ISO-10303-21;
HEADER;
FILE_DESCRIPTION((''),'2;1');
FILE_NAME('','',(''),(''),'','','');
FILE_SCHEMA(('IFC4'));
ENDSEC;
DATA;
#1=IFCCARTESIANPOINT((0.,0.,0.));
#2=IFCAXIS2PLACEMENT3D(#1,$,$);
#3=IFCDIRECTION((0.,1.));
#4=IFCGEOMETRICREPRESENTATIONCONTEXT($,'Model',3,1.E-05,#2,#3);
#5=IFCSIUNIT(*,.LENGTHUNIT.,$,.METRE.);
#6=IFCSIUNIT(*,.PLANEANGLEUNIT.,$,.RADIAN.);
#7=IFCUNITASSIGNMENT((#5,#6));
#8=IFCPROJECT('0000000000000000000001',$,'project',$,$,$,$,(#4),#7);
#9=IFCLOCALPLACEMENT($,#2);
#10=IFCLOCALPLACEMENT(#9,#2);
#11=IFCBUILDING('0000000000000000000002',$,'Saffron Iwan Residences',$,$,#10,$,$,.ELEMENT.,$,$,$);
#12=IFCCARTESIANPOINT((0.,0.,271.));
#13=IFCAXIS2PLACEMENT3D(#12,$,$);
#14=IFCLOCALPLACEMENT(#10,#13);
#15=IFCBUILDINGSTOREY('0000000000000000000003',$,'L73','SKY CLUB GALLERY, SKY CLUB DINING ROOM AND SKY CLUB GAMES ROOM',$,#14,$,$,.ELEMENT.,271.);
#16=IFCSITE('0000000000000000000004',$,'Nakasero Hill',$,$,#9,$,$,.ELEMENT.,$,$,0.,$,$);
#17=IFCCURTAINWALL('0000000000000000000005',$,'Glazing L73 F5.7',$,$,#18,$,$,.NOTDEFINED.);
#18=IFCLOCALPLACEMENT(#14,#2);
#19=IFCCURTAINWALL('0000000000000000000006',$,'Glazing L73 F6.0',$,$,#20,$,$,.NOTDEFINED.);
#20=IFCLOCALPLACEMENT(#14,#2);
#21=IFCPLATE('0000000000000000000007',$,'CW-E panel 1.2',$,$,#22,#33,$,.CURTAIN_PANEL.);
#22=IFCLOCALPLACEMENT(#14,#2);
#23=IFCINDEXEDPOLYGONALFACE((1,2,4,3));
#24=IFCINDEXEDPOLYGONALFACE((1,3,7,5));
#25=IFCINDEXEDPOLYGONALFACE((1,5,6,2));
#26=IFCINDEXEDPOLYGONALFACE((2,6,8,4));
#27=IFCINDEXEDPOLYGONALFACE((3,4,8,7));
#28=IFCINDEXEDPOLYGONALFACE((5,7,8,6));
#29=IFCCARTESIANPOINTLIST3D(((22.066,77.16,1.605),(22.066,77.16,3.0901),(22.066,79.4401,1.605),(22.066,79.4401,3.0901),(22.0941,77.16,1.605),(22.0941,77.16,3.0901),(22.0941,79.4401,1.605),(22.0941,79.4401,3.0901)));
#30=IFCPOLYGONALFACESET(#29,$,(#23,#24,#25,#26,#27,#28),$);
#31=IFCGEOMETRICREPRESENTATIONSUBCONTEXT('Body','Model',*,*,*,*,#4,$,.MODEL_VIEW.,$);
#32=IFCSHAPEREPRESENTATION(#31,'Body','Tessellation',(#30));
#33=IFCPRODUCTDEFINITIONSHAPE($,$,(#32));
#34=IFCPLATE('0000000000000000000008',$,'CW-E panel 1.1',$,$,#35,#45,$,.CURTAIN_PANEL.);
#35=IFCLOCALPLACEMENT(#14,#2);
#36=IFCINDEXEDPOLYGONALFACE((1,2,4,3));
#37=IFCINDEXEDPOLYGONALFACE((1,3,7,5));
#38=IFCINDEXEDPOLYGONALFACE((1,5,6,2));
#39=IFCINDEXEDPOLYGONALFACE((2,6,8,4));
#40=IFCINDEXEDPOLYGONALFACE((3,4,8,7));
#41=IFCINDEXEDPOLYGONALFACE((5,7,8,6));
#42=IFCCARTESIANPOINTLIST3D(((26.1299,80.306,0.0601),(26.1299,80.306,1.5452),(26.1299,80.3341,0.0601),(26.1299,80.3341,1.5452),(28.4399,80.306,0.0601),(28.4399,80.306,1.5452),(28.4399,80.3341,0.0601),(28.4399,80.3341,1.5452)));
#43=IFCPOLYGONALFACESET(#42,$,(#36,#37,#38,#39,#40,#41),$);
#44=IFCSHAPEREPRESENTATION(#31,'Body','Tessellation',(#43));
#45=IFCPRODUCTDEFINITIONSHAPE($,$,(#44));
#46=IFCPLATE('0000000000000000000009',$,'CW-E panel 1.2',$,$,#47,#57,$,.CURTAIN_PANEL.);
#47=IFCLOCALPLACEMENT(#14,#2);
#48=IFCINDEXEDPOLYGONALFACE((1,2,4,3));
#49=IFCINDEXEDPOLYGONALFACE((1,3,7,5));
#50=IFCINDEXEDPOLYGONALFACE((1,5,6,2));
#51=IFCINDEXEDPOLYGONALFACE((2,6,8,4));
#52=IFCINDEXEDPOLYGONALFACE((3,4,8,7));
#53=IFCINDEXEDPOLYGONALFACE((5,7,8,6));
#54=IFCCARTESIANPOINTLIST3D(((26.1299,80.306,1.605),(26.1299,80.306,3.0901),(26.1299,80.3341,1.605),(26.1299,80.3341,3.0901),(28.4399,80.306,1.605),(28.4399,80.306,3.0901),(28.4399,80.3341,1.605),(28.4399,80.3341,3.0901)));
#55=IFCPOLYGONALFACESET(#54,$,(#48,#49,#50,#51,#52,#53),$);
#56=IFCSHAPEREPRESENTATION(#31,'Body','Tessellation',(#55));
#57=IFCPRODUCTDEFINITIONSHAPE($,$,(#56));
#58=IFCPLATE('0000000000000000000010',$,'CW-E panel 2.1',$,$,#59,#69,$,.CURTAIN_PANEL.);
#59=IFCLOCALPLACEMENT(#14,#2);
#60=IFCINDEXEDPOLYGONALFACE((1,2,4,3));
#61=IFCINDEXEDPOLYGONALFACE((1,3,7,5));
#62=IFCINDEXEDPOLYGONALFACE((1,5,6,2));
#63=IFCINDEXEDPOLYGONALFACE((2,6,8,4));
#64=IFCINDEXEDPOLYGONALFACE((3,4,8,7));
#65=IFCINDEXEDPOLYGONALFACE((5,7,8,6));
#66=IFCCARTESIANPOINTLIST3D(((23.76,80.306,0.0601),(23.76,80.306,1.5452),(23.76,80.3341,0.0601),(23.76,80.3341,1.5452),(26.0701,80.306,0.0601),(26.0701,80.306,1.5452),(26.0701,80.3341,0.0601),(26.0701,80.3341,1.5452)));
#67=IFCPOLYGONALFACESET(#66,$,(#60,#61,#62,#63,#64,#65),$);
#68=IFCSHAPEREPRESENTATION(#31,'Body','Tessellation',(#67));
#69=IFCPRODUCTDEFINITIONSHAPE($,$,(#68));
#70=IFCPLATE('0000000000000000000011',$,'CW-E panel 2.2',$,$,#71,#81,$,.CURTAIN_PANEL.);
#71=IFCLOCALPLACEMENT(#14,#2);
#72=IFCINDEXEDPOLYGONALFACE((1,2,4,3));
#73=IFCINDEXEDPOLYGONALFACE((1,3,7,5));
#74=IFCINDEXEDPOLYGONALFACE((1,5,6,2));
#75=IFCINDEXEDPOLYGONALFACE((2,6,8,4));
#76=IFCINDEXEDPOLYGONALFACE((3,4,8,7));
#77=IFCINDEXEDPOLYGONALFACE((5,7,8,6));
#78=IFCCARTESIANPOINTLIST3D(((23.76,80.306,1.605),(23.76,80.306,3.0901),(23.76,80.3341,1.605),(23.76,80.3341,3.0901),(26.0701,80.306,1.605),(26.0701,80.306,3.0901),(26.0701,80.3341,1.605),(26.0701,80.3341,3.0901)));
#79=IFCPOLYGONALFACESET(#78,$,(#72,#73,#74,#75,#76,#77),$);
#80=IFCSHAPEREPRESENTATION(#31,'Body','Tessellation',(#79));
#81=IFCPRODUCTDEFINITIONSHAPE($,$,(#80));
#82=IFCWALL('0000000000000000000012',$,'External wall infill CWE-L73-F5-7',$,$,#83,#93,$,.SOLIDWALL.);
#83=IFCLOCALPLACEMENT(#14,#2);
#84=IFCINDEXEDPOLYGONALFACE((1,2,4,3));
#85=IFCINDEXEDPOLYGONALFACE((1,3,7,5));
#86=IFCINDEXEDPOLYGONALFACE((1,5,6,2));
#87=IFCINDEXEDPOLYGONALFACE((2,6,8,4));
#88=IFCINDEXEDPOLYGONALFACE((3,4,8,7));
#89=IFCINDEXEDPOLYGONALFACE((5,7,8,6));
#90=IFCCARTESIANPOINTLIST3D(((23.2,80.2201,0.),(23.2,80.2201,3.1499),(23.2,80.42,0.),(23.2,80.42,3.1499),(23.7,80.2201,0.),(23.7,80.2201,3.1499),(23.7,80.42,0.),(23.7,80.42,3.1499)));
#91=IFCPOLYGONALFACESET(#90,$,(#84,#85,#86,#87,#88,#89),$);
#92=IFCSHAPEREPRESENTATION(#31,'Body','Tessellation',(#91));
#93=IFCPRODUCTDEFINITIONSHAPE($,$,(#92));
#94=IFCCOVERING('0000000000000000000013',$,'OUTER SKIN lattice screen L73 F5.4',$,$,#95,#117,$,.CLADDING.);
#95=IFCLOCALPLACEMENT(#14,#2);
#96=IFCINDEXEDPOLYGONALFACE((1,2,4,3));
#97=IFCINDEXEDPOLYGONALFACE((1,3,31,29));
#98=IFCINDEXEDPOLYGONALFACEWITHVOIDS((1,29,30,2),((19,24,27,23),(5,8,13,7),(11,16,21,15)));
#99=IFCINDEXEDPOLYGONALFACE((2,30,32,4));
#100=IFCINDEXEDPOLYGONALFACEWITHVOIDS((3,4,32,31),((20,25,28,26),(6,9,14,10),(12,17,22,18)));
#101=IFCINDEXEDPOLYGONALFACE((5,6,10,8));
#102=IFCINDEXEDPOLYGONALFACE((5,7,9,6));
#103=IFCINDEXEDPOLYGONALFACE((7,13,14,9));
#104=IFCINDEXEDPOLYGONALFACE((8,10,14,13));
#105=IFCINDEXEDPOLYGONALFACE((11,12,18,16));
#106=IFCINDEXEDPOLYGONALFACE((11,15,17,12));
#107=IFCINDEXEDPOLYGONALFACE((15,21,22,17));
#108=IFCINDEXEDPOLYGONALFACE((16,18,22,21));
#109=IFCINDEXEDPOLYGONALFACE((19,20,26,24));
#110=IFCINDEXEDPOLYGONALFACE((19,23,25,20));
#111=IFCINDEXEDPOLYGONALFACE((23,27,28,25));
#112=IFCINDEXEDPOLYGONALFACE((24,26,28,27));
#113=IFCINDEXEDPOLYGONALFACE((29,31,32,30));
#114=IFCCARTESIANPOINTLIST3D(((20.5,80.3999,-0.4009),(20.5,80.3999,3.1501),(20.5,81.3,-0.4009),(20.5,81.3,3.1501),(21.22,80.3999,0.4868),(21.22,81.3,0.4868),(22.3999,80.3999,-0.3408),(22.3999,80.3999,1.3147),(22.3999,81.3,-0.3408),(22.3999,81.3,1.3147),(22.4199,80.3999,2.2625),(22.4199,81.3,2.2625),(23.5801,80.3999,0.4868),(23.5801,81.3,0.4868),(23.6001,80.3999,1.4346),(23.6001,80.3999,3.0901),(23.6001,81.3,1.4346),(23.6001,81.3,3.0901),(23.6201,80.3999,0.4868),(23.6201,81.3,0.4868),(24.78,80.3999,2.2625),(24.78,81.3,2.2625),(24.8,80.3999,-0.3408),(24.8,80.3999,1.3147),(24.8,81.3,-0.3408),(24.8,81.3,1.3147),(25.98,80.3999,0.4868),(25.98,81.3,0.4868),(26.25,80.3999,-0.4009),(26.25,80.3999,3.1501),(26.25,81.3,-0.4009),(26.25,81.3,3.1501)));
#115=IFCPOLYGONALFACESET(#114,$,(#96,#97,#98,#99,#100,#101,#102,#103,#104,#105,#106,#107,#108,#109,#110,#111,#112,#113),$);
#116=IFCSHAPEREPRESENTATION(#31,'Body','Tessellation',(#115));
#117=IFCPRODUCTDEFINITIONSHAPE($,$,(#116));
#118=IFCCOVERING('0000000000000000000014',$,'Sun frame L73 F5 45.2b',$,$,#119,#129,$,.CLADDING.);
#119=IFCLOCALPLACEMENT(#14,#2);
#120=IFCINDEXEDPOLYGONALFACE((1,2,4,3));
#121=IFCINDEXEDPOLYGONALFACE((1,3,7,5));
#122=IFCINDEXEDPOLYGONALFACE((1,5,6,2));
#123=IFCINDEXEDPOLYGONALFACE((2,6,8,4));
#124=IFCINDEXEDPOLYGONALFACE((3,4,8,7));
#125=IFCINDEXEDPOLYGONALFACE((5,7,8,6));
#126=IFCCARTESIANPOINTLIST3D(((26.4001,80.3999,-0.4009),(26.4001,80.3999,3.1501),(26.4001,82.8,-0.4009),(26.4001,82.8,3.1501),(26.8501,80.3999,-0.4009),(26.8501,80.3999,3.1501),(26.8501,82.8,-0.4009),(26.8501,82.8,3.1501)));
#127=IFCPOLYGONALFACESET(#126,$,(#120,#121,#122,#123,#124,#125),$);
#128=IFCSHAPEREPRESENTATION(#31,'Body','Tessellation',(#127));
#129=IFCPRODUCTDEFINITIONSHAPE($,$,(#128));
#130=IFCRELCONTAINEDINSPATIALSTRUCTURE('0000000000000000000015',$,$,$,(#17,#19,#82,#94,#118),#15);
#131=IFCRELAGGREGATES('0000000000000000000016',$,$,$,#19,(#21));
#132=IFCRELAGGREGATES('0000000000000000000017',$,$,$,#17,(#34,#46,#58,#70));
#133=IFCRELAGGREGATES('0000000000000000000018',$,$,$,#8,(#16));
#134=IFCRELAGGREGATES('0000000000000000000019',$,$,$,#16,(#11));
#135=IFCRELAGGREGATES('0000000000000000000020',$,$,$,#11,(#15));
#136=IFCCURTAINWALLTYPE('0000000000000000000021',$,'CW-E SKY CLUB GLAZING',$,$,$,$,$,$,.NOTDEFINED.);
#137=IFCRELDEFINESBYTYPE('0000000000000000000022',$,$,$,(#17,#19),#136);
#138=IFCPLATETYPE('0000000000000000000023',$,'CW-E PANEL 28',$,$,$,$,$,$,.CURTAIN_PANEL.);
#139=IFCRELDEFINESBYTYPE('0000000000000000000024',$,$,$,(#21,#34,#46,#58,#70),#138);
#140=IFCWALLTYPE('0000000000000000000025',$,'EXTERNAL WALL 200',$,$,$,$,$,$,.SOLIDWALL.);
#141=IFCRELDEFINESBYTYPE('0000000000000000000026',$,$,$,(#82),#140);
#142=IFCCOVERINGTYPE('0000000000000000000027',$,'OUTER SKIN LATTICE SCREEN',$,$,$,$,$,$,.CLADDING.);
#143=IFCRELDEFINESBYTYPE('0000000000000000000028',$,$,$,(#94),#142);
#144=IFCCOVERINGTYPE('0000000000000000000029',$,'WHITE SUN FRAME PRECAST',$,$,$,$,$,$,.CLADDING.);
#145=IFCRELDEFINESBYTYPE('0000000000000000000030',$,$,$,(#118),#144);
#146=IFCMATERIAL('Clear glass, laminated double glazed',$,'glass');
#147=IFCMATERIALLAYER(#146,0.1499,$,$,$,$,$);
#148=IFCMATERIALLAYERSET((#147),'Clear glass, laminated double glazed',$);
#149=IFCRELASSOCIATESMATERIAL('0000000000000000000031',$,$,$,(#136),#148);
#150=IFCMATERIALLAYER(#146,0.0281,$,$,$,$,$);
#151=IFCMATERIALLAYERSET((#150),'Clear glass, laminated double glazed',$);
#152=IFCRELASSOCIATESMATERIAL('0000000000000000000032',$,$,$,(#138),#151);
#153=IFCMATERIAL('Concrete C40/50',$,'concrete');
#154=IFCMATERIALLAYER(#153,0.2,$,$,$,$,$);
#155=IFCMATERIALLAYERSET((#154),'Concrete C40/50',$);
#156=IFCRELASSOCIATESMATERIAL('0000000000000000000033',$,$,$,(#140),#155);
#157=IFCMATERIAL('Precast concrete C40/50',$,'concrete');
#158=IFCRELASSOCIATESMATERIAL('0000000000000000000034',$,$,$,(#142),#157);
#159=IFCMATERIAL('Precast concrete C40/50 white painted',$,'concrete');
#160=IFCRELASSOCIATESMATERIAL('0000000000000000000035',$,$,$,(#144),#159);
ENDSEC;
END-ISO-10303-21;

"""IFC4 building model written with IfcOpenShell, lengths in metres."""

from ifc_helpers import new_model, si_unit, direction, frame, frame_2d, origin, origin_2d, place, context, subcontext, project, spatial, polyline, rectangle, outline, extrude, source, transform, mapped, material, layer, layer_set, type_object, element, aggregate, save


model = new_model("IFC4")

# Units and contexts
model_context = context("Model", 3, precision=1e-05, world=origin(), true_north=direction((0.0, 1.0)))
body_context = subcontext(model_context, "Body", "Model", "MODEL_VIEW")
ifc_project = project(units=[si_unit("LENGTHUNIT", "METRE"), si_unit("PLANEANGLEUNIT", "RADIAN")], contexts=[model_context])

# Site, building, storey
site_placement = place(None, origin())
site = spatial("IfcSite", under=ifc_project, at=site_placement, Name="Nakasero Hill", CompositionType="ELEMENT", RefElevation=0.0)
building_placement = place(site_placement, origin())
building = spatial("IfcBuilding", under=site, at=building_placement, Name="Saffron Iwan Residences", CompositionType="ELEMENT")
storey_placement = place(building_placement, frame((0.0, 0.0, 271.0)))
storey = spatial("IfcBuildingStorey", under=building, at=storey_placement, Name="L73", Description="SKY CLUB GALLERY, SKY CLUB DINING ROOM AND SKY CLUB GAMES ROOM", CompositionType="ELEMENT", Elevation=271.0)

# Shared definitions
ifc_material_1 = material(Name="Concrete C40/50", Category="concrete")

# Curtain walls
ifc_material_2 = material(Name="Clear glass, laminated double glazed", Category="glass")
ifc_layer_1 = layer(ifc_material_2, 0.1499)
ifc_layer_set_1 = layer_set([ifc_layer_1], Name="Clear glass, laminated double glazed")
curtain_wall_type = type_object("IfcCurtainWallType", Name="CW-E SKY CLUB GLAZING", PredefinedType="NOTDEFINED", material=ifc_layer_set_1)
curtain_wall_1_placement = place(storey_placement, origin())
curtain_wall_1 = element("IfcCurtainWall", 1, at=curtain_wall_1_placement, inside=storey, type_object=curtain_wall_type, Name="Glazing L73 F5.7", PredefinedType="NOTDEFINED")
curtain_wall_2_placement = place(storey_placement, origin())
curtain_wall_2 = element("IfcCurtainWall", 2, at=curtain_wall_2_placement, inside=storey, type_object=curtain_wall_type, Name="Glazing L73 F6.0", PredefinedType="NOTDEFINED")

# Plates
ifc_layer_2 = layer(ifc_material_2, 0.0281)
ifc_layer_set_2 = layer_set([ifc_layer_2], Name="Clear glass, laminated double glazed")
plate_type = type_object("IfcPlateType", Name="CW-E PANEL 28", PredefinedType="CURTAIN_PANEL", material=ifc_layer_set_2)
shared_shape_1 = source(origin(), body_context, "Body", "SweptSolid", [
    extrude(rectangle(XDim=2.28, YDim=0.0281, at=origin_2d()), origin(), (0.0, 0.0, 1.0), 1.4851),
])
plate_1_placement = place(storey_placement, frame((22.0801, 78.3, 1.605), z_axis=(0.0, 0.0, 1.0), x_axis=(0.0, -1.0, 0.0)))
plate_1 = element("IfcPlate", 3, at=plate_1_placement, type_object=plate_type, Name="CW-E panel 1.2", PredefinedType="CURTAIN_PANEL", context=body_context, shape_type="MappedRepresentation", body=[
    mapped(shared_shape_1, transform((0.0, 0.0, 0.0))),
])
aggregate(curtain_wall_2, [plate_1])
shared_shape_2 = source(origin(), body_context, "Body", "SweptSolid", [
    extrude(rectangle(XDim=2.3101, YDim=0.0281, at=origin_2d()), origin(), (0.0, 0.0, 1.0), 1.4851),
])
plate_2_placement = place(storey_placement, frame((27.2849, 80.3201, 0.0601), z_axis=(0.0, 0.0, 1.0), x_axis=(-1.0, 0.0, 0.0)))
plate_2 = element("IfcPlate", 4, at=plate_2_placement, type_object=plate_type, Name="CW-E panel 1.1", PredefinedType="CURTAIN_PANEL", context=body_context, shape_type="MappedRepresentation", body=[
    mapped(shared_shape_2, transform((0.0, 0.0, 0.0))),
])
plate_3_placement = place(storey_placement, frame((27.2849, 80.3201, 1.605), z_axis=(0.0, 0.0, 1.0), x_axis=(-1.0, 0.0, 0.0)))
plate_3 = element("IfcPlate", 5, at=plate_3_placement, type_object=plate_type, Name="CW-E panel 1.2", PredefinedType="CURTAIN_PANEL", context=body_context, shape_type="MappedRepresentation", body=[
    mapped(shared_shape_2, transform((0.0, 0.0, 0.0))),
])
plate_4_placement = place(storey_placement, frame((24.915, 80.3201, 0.0601), z_axis=(0.0, 0.0, 1.0), x_axis=(-1.0, 0.0, 0.0)))
plate_4 = element("IfcPlate", 6, at=plate_4_placement, type_object=plate_type, Name="CW-E panel 2.1", PredefinedType="CURTAIN_PANEL", context=body_context, shape_type="MappedRepresentation", body=[
    mapped(shared_shape_2, transform((0.0, 0.0, 0.0))),
])
plate_5_placement = place(storey_placement, frame((24.915, 80.3201, 1.605), z_axis=(0.0, 0.0, 1.0), x_axis=(-1.0, 0.0, 0.0)))
plate_5 = element("IfcPlate", 7, at=plate_5_placement, type_object=plate_type, Name="CW-E panel 2.2", PredefinedType="CURTAIN_PANEL", context=body_context, shape_type="MappedRepresentation", body=[
    mapped(shared_shape_2, transform((0.0, 0.0, 0.0))),
])
aggregate(curtain_wall_1, [plate_2, plate_3, plate_4, plate_5])

# Wall
ifc_layer_3 = layer(ifc_material_1, 0.2)
ifc_layer_set_3 = layer_set([ifc_layer_3], Name="Concrete C40/50")
wall_type = type_object("IfcWallType", Name="EXTERNAL WALL 200", PredefinedType="SOLIDWALL", material=ifc_layer_set_3)
wall_placement = place(storey_placement, frame((23.7, 80.3201, 0.0), z_axis=(0.0, 0.0, 1.0), x_axis=(-1.0, 0.0, 0.0)))
element("IfcWall", 8, at=wall_placement, inside=storey, type_object=wall_type, Name="External wall infill CWE-L73-F5-7", PredefinedType="SOLIDWALL", context=body_context, shape_type="SweptSolid", body=[
    extrude(rectangle(XDim=0.5, YDim=0.2, at=frame_2d((0.25, 0.0))), origin(), (0.0, 0.0, 1.0), 3.1499),
])

# Coverings
ifc_material_3 = material(Name="Precast concrete C40/50", Category="concrete")
covering_type_1 = type_object("IfcCoveringType", Name="OUTER SKIN LATTICE SCREEN", PredefinedType="CLADDING", material=ifc_material_3)
covering_1_placement = place(storey_placement, frame((26.25, 80.3999, -0.4009), z_axis=(0.0, 1.0, 0.0), x_axis=(-1.0, 0.0, 0.0)))
element("IfcCovering", 9, at=covering_1_placement, inside=storey, type_object=covering_type_1, Name="OUTER SKIN lattice screen L73 F5.4", PredefinedType="CLADDING", context=body_context, shape_type="SweptSolid", body=[
    extrude(outline(polyline([(0.0, 0.0), (5.75, 0.0), (5.75, 3.551), (0.0, 3.551), (0.0, 0.0)]), holes=[polyline([(0.27, 0.8877), (1.45, 0.0601), (2.6299, 0.8877), (1.45, 1.7156), (0.27, 0.8877)]), polyline([(2.6699, 0.8877), (3.8501, 0.0601), (5.03, 0.8877), (3.8501, 1.7156), (2.6699, 0.8877)]), polyline([(1.47, 2.6633), (2.6499, 1.8354), (3.8301, 2.6633), (2.6499, 3.491), (1.47, 2.6633)])]), origin(), (0.0, 0.0, 1.0), 0.9001),
])
ifc_material_4 = material(Name="Precast concrete C40/50 white painted", Category="concrete")
covering_type_2 = type_object("IfcCoveringType", Name="WHITE SUN FRAME PRECAST", PredefinedType="CLADDING", material=ifc_material_4)
covering_2_placement = place(storey_placement, frame((26.8501, 80.3999, -0.4009), z_axis=(0.0, 1.0, 0.0), x_axis=(-1.0, 0.0, 0.0)))
element("IfcCovering", 10, at=covering_2_placement, inside=storey, type_object=covering_type_2, Name="Sun frame L73 F5 45.2b", PredefinedType="CLADDING", context=body_context, shape_type="SweptSolid", body=[
    extrude(outline(polyline([(0.0, 0.0), (0.45, 0.0), (0.45, 3.551), (0.0, 3.551), (0.0, 0.0)])), origin(), (0.0, 0.0, 1.0), 2.4001),
])

save(model, "model.ifc")
